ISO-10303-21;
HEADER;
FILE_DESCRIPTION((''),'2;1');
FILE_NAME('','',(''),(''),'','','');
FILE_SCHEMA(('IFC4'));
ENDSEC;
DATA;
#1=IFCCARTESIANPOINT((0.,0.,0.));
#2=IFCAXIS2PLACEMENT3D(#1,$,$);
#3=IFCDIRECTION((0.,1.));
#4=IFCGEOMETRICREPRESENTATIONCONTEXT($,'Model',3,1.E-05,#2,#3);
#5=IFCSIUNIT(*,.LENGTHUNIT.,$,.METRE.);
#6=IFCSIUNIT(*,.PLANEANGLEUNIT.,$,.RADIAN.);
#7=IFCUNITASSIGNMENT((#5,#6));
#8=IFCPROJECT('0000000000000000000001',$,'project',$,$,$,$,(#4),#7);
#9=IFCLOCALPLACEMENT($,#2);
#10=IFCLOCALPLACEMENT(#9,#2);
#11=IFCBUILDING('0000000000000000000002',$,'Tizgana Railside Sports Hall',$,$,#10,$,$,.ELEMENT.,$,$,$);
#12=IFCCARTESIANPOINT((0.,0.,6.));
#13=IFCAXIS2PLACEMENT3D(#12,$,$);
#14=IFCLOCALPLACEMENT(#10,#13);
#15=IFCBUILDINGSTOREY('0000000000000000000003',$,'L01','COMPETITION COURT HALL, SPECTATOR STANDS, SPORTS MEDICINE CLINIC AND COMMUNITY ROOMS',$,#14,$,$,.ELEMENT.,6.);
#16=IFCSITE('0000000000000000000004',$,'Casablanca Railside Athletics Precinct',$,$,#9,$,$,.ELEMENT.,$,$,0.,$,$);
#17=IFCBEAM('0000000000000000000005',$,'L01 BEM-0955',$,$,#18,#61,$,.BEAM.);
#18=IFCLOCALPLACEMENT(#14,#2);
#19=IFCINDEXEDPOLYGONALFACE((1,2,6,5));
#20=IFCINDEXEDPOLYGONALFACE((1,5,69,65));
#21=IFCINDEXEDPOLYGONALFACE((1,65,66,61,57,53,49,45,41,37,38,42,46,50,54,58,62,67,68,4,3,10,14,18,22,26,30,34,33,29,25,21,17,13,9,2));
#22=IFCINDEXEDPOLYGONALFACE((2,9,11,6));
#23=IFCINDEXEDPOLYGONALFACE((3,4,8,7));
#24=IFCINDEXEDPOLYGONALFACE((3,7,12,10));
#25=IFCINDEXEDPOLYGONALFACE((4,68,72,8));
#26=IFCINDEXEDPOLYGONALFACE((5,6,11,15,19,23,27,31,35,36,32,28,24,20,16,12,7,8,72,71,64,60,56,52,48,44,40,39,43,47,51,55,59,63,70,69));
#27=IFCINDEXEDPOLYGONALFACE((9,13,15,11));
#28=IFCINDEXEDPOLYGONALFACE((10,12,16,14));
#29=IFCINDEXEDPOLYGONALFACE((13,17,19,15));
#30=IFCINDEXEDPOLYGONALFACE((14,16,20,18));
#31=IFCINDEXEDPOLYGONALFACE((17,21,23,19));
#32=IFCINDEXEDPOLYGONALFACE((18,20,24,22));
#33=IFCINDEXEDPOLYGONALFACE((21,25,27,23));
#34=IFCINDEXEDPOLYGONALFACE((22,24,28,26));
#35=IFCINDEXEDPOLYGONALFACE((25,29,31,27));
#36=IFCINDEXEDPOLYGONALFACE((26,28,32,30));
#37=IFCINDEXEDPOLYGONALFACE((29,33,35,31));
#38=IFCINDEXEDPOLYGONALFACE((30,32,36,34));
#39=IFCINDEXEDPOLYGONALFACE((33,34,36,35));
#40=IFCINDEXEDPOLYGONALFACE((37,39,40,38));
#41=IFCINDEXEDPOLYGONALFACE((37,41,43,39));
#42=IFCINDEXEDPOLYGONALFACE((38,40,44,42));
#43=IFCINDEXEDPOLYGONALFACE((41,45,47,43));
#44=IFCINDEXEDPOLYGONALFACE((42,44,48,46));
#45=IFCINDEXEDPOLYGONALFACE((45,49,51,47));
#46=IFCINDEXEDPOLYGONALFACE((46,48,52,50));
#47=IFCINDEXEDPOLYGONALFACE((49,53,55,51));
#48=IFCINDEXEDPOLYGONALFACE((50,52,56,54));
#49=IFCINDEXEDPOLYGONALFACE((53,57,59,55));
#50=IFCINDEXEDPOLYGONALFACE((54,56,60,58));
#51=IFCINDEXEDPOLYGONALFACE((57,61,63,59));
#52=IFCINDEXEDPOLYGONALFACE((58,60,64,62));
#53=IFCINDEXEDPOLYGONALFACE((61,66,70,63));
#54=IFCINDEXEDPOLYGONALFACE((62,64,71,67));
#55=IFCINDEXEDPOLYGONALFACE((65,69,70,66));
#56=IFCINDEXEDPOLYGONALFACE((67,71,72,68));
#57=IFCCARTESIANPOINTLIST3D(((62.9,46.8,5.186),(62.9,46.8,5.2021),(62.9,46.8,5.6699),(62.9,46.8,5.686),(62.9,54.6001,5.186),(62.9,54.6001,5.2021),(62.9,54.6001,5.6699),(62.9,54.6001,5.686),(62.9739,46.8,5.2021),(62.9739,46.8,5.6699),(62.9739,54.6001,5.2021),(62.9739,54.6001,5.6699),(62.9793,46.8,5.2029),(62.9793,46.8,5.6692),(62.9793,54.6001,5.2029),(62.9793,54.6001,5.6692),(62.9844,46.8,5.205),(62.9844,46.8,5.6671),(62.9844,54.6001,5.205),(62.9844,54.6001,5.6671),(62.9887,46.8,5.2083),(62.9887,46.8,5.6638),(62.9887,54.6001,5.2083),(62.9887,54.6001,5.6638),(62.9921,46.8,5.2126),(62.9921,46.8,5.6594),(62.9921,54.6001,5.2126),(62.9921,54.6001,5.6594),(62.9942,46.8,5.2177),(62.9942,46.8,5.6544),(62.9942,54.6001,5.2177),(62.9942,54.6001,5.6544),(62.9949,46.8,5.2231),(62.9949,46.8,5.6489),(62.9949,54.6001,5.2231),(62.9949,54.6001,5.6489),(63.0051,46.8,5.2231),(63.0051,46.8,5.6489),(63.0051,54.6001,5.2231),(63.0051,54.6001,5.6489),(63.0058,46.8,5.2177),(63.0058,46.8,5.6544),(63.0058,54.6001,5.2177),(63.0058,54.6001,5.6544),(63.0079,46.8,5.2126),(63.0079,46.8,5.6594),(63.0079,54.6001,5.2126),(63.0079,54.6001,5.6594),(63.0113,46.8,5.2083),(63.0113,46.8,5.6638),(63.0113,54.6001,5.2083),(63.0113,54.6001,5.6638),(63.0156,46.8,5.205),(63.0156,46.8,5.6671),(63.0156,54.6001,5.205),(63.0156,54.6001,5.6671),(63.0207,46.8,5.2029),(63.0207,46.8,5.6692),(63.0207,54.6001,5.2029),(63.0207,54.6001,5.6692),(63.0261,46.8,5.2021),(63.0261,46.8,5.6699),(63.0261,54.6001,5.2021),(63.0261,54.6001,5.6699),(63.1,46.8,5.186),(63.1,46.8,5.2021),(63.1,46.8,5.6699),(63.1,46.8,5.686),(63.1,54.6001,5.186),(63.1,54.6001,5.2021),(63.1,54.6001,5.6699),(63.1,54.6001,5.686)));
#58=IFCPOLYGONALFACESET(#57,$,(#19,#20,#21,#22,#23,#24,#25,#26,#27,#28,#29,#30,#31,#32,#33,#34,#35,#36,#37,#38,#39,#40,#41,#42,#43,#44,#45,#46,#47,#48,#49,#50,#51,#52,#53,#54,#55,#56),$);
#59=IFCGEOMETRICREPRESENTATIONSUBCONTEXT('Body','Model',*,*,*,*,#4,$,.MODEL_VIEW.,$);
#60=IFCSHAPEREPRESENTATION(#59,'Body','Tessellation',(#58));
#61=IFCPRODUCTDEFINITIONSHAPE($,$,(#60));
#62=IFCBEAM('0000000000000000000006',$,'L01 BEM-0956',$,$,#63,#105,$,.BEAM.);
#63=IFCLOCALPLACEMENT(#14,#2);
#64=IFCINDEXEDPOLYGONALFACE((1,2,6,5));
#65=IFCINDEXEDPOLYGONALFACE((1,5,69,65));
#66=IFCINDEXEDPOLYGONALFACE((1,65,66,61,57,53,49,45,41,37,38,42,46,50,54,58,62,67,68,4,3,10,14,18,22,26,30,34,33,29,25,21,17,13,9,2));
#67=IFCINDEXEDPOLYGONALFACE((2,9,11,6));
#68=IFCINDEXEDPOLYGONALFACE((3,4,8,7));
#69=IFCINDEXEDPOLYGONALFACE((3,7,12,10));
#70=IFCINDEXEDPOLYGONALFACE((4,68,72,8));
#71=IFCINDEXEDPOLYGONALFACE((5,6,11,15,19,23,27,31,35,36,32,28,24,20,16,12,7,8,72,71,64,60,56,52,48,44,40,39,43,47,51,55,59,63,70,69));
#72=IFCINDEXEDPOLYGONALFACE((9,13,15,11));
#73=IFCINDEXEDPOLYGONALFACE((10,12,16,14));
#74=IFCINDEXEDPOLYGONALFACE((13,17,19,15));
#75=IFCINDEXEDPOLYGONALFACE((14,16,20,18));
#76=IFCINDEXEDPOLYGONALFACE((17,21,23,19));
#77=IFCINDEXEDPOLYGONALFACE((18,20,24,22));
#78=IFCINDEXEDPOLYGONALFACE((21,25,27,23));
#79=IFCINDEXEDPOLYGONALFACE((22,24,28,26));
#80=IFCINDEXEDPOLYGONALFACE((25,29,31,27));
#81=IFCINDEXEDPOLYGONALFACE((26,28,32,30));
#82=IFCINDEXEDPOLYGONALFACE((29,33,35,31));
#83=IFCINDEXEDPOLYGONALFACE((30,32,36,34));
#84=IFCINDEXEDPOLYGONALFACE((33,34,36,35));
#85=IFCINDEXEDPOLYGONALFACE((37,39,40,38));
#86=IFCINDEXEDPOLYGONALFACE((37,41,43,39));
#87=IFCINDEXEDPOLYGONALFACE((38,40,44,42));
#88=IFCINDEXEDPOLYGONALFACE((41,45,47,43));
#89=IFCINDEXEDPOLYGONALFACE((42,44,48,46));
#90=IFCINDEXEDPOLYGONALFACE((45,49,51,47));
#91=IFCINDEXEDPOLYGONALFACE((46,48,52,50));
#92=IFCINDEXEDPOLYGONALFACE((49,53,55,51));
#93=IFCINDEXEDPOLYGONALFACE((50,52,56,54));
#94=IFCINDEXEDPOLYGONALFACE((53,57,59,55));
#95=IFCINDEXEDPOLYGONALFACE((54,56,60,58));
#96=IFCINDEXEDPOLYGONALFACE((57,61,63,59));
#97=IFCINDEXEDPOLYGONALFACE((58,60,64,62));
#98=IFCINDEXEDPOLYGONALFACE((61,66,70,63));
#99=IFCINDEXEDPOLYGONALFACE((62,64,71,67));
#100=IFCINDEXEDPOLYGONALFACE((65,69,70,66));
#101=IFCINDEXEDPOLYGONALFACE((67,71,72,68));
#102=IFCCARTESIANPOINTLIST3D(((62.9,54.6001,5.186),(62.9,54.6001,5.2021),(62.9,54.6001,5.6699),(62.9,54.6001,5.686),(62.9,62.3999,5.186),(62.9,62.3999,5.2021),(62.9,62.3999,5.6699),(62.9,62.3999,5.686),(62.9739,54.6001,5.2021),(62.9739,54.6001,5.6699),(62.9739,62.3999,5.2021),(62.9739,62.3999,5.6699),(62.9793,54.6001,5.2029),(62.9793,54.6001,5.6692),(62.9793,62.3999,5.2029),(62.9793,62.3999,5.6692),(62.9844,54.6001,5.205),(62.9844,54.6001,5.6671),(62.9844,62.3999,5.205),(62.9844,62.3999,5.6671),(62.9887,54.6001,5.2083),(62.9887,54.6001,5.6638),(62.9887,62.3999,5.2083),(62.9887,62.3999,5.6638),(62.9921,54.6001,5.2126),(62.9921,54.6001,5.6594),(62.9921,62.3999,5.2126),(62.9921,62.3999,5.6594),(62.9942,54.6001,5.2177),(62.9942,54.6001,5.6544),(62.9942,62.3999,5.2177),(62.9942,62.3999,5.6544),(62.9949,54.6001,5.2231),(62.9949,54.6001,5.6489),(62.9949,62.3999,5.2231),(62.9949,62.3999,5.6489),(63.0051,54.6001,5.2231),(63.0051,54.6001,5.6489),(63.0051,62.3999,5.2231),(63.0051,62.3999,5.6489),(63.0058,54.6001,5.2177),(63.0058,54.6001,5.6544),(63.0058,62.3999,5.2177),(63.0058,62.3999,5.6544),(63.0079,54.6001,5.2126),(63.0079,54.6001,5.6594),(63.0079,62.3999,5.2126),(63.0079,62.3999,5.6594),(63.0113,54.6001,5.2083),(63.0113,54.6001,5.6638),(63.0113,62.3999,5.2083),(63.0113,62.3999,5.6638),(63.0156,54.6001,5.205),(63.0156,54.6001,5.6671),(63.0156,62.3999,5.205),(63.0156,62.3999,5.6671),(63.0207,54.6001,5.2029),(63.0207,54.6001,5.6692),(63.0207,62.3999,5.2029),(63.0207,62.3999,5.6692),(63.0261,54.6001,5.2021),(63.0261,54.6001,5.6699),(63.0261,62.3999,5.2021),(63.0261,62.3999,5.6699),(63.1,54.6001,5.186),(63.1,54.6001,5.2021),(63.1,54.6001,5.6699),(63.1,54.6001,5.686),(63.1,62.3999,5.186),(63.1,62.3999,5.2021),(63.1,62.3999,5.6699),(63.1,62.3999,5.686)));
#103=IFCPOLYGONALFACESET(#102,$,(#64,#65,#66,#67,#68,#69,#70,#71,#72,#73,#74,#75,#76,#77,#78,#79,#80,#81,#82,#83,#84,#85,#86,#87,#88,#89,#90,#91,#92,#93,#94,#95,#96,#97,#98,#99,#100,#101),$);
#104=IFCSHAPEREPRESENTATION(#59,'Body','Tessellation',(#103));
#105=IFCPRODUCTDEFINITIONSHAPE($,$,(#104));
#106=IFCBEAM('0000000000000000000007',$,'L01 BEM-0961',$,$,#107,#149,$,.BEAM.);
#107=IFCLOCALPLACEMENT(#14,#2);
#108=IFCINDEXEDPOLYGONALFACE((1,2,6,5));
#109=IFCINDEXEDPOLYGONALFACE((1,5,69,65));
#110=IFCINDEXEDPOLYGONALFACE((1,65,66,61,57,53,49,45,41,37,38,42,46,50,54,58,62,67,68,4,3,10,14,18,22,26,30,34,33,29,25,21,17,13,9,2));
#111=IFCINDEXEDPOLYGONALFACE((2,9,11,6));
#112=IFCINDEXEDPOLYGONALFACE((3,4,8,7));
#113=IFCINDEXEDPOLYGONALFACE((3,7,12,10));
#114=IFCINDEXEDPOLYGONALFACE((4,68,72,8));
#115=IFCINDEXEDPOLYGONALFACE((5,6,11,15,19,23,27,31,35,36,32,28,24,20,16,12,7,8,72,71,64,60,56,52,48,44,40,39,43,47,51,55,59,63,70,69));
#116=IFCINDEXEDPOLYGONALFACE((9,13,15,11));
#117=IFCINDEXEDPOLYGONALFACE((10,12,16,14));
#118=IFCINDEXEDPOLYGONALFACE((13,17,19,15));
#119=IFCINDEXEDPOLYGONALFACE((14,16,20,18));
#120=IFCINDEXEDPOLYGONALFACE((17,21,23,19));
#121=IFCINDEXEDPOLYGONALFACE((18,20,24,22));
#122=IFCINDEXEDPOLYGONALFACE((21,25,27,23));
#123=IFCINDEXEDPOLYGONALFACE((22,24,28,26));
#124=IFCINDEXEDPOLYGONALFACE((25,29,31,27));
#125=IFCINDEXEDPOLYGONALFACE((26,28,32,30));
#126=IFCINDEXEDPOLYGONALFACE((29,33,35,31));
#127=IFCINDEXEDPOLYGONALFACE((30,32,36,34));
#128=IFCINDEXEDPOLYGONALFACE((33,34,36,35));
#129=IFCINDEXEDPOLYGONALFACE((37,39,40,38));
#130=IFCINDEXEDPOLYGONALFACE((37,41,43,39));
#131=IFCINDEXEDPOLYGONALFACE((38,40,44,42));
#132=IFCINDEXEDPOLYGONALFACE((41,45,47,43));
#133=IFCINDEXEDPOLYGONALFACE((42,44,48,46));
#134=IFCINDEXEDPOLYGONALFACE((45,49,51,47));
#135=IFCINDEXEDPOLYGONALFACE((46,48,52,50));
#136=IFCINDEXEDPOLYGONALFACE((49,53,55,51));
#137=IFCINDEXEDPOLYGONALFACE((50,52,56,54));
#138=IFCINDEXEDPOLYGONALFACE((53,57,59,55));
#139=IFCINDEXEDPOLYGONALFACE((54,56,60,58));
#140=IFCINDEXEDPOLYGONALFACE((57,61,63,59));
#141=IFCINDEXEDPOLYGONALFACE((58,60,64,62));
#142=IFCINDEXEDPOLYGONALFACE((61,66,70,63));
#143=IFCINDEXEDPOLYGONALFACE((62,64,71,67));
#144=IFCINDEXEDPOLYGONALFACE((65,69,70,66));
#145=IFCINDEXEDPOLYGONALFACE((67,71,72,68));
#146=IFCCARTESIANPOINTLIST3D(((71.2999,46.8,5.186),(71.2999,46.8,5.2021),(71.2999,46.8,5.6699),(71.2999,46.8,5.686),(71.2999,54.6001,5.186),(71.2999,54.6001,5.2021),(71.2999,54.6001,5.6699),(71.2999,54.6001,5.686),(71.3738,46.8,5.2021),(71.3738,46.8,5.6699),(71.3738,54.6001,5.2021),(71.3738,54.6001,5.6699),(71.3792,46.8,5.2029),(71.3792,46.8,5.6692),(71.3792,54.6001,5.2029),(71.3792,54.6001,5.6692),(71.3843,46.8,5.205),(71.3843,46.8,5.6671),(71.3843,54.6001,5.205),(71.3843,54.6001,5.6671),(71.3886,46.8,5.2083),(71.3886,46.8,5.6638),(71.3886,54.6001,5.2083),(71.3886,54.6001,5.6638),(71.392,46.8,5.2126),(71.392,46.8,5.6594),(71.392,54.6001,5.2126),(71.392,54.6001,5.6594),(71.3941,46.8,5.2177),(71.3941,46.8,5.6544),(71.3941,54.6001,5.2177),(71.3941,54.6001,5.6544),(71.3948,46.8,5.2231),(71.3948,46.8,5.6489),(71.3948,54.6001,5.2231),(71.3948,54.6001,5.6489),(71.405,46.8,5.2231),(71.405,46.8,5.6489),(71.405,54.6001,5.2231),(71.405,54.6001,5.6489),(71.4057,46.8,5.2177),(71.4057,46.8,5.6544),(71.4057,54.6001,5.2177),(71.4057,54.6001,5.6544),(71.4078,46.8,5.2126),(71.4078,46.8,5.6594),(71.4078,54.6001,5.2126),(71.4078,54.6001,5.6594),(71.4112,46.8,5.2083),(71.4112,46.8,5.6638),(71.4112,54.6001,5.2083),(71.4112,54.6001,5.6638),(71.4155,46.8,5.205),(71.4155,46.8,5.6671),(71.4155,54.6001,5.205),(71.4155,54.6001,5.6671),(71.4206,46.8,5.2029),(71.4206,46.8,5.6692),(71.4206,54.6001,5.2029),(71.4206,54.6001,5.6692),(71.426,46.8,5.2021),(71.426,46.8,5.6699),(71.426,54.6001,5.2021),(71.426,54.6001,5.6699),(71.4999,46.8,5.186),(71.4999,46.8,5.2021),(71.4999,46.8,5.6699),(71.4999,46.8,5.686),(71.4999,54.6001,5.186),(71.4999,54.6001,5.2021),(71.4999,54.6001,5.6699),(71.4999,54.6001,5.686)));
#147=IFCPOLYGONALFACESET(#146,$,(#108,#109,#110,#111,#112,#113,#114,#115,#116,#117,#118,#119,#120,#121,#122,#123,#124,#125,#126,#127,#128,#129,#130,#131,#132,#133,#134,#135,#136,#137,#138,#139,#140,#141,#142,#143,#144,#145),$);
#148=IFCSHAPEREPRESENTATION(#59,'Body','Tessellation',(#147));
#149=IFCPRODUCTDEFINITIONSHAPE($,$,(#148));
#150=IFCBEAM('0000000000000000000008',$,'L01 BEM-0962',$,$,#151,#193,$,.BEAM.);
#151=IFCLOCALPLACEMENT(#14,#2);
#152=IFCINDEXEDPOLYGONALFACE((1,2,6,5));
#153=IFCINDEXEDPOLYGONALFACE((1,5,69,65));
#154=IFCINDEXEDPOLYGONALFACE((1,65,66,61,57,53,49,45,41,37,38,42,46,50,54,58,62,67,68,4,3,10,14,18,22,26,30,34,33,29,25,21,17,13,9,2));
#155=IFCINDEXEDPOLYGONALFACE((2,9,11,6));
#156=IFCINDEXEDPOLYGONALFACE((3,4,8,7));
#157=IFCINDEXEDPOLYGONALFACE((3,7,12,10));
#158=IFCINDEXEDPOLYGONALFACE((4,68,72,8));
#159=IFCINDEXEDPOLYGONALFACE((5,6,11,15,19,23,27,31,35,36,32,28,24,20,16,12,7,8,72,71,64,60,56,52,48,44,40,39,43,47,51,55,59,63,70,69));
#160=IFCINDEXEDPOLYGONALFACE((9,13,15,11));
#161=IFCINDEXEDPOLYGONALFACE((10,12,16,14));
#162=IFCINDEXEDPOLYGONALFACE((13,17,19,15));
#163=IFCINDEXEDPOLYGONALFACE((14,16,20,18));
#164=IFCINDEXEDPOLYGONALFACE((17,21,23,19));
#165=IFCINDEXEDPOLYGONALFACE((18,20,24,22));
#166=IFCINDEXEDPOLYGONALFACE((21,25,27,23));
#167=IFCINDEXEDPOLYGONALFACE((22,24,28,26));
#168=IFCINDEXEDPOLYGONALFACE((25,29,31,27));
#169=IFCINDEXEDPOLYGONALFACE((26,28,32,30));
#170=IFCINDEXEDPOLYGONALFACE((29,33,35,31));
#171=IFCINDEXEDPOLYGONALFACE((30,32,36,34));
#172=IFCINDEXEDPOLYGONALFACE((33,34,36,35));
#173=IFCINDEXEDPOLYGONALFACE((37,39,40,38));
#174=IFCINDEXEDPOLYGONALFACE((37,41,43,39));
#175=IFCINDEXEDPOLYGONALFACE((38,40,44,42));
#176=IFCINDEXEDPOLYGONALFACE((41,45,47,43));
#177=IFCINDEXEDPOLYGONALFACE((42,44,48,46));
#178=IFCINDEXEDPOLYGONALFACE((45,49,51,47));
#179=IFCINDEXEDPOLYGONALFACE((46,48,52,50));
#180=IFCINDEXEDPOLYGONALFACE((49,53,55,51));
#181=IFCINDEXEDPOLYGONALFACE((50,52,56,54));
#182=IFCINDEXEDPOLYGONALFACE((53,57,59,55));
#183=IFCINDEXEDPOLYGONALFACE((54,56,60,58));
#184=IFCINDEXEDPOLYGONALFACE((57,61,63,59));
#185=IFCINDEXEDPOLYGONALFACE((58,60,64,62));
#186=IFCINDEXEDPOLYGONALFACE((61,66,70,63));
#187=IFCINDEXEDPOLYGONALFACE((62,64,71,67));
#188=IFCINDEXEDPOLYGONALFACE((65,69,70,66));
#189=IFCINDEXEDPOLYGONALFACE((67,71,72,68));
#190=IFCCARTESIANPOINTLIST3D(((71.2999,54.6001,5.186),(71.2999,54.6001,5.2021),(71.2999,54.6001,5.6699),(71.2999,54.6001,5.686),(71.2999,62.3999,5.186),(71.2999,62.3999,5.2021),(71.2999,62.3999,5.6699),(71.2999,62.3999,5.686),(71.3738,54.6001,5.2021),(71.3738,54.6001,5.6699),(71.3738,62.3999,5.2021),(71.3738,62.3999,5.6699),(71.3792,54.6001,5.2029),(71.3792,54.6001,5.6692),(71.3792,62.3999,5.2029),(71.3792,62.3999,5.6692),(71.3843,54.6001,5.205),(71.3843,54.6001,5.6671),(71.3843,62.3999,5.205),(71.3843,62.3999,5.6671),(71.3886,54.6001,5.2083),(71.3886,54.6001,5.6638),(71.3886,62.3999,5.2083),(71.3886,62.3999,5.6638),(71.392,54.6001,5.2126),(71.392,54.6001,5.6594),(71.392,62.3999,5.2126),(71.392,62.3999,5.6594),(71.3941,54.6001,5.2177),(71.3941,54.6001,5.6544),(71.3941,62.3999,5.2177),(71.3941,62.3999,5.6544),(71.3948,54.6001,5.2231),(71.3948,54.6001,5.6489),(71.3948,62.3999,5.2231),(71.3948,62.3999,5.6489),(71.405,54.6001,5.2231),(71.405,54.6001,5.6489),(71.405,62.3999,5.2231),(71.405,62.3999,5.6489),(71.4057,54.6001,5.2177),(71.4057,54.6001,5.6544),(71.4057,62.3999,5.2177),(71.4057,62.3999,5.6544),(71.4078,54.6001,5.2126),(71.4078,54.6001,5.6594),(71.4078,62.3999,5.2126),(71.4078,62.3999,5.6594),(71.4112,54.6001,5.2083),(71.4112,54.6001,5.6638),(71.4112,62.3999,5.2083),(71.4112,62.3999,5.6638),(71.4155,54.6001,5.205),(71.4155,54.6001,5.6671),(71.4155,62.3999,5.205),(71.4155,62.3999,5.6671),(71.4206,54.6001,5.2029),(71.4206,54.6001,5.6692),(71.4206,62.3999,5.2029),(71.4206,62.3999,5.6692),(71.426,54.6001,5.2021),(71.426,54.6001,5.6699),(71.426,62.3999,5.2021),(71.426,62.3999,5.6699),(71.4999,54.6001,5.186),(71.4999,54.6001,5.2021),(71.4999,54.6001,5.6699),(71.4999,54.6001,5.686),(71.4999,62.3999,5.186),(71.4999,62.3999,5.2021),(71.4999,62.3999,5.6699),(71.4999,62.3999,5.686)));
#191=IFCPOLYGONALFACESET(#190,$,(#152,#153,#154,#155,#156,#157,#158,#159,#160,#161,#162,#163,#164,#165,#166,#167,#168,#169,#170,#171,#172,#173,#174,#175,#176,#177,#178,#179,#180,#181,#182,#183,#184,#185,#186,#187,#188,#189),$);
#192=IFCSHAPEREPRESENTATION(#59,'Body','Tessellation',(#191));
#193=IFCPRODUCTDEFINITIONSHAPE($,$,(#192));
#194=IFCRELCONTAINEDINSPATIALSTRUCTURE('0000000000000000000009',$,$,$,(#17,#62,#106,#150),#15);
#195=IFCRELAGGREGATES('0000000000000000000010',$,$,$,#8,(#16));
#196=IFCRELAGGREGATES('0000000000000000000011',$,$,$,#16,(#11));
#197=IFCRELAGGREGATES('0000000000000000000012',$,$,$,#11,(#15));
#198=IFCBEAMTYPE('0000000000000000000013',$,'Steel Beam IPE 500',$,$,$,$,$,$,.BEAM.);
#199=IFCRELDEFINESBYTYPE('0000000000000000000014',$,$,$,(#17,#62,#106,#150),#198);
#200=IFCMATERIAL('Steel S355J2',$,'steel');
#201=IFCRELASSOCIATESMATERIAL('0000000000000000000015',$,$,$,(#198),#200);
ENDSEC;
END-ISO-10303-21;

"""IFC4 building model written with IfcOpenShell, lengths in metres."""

from ifc_helpers import new_model, si_unit, direction, frame, origin, origin_2d, place, context, subcontext, project, spatial, i_section, extrude, material, material_profile, profile_set, type_object, element, save


model = new_model("IFC4")

# Units and contexts
model_context = context("Model", 3, precision=1e-05, world=origin(), true_north=direction((0.0, 1.0)))
body_context = subcontext(model_context, "Body", "Model", "MODEL_VIEW")
ifc_project = project(units=[si_unit("LENGTHUNIT", "METRE"), si_unit("PLANEANGLEUNIT", "RADIAN")], contexts=[model_context])

# Site, building, storey
site_placement = place(None, origin())
site = spatial("IfcSite", under=ifc_project, at=site_placement, Name="Casablanca Railside Athletics Precinct", CompositionType="ELEMENT", RefElevation=0.0)
building_placement = place(site_placement, origin())
building = spatial("IfcBuilding", under=site, at=building_placement, Name="Tizgana Railside Sports Hall", CompositionType="ELEMENT")
storey_placement = place(building_placement, frame((0.0, 0.0, 6.0)))
storey = spatial("IfcBuildingStorey", under=building, at=storey_placement, Name="L01", Description="COMPETITION COURT HALL, SPECTATOR STANDS, SPORTS MEDICINE CLINIC AND COMMUNITY ROOMS", CompositionType="ELEMENT", Elevation=6.0)

# Shared definitions
ifc_material_1 = material(Name="Steel S355J2", Category="steel")

# Beams
ifc_material_profile_1 = material_profile(ifc_material_1, i_section(OverallWidth=0.2, OverallDepth=0.5, WebThickness=0.0103, FlangeThickness=0.0161, FilletRadius=0.021, at=origin_2d()), Name="IPE 500")
ifc_profile_set_1 = profile_set([ifc_material_profile_1], Name="Steel S355J2")
beam_type_1 = type_object("IfcBeamType", Name="Steel Beam IPE 500", PredefinedType="BEAM", material=ifc_profile_set_1)
beam_1_placement = place(storey_placement, frame((63.0, 46.8, 5.436), z_axis=(0.0, 1.0, 0.0), x_axis=(-1.0, 0.0, 0.0)))
element("IfcBeam", 1, at=beam_1_placement, inside=storey, type_object=beam_type_1, Name="L01 BEM-0955", PredefinedType="BEAM", context=body_context, shape_type="SweptSolid", body=[
    extrude(i_section(OverallWidth=0.2, OverallDepth=0.5, WebThickness=0.0103, FlangeThickness=0.0161, FilletRadius=0.021, at=origin_2d()), origin(), (0.0, 0.0, 1.0), 7.8),
])
beam_2_placement = place(storey_placement, frame((63.0, 54.6001, 5.436), z_axis=(0.0, 1.0, 0.0), x_axis=(-1.0, 0.0, 0.0)))
element("IfcBeam", 2, at=beam_2_placement, inside=storey, type_object=beam_type_1, Name="L01 BEM-0956", PredefinedType="BEAM", context=body_context, shape_type="SweptSolid", body=[
    extrude(i_section(OverallWidth=0.2, OverallDepth=0.5, WebThickness=0.0103, FlangeThickness=0.0161, FilletRadius=0.021, at=origin_2d()), origin(), (0.0, 0.0, 1.0), 7.7998),
])
beam_3_placement = place(storey_placement, frame((71.3999, 46.8, 5.436), z_axis=(0.0, 1.0, 0.0), x_axis=(-1.0, 0.0, 0.0)))
element("IfcBeam", 3, at=beam_3_placement, inside=storey, type_object=beam_type_1, Name="L01 BEM-0961", PredefinedType="BEAM", context=body_context, shape_type="SweptSolid", body=[
    extrude(i_section(OverallWidth=0.2, OverallDepth=0.5, WebThickness=0.0103, FlangeThickness=0.0161, FilletRadius=0.021, at=origin_2d()), origin(), (0.0, 0.0, 1.0), 7.8),
])
beam_4_placement = place(storey_placement, frame((71.3999, 54.6001, 5.436), z_axis=(0.0, 1.0, 0.0), x_axis=(-1.0, 0.0, 0.0)))
element("IfcBeam", 4, at=beam_4_placement, inside=storey, type_object=beam_type_1, Name="L01 BEM-0962", PredefinedType="BEAM", context=body_context, shape_type="SweptSolid", body=[
    extrude(i_section(OverallWidth=0.2, OverallDepth=0.5, WebThickness=0.0103, FlangeThickness=0.0161, FilletRadius=0.021, at=origin_2d()), origin(), (0.0, 0.0, 1.0), 7.7998),
])

save(model, "model.ifc")
